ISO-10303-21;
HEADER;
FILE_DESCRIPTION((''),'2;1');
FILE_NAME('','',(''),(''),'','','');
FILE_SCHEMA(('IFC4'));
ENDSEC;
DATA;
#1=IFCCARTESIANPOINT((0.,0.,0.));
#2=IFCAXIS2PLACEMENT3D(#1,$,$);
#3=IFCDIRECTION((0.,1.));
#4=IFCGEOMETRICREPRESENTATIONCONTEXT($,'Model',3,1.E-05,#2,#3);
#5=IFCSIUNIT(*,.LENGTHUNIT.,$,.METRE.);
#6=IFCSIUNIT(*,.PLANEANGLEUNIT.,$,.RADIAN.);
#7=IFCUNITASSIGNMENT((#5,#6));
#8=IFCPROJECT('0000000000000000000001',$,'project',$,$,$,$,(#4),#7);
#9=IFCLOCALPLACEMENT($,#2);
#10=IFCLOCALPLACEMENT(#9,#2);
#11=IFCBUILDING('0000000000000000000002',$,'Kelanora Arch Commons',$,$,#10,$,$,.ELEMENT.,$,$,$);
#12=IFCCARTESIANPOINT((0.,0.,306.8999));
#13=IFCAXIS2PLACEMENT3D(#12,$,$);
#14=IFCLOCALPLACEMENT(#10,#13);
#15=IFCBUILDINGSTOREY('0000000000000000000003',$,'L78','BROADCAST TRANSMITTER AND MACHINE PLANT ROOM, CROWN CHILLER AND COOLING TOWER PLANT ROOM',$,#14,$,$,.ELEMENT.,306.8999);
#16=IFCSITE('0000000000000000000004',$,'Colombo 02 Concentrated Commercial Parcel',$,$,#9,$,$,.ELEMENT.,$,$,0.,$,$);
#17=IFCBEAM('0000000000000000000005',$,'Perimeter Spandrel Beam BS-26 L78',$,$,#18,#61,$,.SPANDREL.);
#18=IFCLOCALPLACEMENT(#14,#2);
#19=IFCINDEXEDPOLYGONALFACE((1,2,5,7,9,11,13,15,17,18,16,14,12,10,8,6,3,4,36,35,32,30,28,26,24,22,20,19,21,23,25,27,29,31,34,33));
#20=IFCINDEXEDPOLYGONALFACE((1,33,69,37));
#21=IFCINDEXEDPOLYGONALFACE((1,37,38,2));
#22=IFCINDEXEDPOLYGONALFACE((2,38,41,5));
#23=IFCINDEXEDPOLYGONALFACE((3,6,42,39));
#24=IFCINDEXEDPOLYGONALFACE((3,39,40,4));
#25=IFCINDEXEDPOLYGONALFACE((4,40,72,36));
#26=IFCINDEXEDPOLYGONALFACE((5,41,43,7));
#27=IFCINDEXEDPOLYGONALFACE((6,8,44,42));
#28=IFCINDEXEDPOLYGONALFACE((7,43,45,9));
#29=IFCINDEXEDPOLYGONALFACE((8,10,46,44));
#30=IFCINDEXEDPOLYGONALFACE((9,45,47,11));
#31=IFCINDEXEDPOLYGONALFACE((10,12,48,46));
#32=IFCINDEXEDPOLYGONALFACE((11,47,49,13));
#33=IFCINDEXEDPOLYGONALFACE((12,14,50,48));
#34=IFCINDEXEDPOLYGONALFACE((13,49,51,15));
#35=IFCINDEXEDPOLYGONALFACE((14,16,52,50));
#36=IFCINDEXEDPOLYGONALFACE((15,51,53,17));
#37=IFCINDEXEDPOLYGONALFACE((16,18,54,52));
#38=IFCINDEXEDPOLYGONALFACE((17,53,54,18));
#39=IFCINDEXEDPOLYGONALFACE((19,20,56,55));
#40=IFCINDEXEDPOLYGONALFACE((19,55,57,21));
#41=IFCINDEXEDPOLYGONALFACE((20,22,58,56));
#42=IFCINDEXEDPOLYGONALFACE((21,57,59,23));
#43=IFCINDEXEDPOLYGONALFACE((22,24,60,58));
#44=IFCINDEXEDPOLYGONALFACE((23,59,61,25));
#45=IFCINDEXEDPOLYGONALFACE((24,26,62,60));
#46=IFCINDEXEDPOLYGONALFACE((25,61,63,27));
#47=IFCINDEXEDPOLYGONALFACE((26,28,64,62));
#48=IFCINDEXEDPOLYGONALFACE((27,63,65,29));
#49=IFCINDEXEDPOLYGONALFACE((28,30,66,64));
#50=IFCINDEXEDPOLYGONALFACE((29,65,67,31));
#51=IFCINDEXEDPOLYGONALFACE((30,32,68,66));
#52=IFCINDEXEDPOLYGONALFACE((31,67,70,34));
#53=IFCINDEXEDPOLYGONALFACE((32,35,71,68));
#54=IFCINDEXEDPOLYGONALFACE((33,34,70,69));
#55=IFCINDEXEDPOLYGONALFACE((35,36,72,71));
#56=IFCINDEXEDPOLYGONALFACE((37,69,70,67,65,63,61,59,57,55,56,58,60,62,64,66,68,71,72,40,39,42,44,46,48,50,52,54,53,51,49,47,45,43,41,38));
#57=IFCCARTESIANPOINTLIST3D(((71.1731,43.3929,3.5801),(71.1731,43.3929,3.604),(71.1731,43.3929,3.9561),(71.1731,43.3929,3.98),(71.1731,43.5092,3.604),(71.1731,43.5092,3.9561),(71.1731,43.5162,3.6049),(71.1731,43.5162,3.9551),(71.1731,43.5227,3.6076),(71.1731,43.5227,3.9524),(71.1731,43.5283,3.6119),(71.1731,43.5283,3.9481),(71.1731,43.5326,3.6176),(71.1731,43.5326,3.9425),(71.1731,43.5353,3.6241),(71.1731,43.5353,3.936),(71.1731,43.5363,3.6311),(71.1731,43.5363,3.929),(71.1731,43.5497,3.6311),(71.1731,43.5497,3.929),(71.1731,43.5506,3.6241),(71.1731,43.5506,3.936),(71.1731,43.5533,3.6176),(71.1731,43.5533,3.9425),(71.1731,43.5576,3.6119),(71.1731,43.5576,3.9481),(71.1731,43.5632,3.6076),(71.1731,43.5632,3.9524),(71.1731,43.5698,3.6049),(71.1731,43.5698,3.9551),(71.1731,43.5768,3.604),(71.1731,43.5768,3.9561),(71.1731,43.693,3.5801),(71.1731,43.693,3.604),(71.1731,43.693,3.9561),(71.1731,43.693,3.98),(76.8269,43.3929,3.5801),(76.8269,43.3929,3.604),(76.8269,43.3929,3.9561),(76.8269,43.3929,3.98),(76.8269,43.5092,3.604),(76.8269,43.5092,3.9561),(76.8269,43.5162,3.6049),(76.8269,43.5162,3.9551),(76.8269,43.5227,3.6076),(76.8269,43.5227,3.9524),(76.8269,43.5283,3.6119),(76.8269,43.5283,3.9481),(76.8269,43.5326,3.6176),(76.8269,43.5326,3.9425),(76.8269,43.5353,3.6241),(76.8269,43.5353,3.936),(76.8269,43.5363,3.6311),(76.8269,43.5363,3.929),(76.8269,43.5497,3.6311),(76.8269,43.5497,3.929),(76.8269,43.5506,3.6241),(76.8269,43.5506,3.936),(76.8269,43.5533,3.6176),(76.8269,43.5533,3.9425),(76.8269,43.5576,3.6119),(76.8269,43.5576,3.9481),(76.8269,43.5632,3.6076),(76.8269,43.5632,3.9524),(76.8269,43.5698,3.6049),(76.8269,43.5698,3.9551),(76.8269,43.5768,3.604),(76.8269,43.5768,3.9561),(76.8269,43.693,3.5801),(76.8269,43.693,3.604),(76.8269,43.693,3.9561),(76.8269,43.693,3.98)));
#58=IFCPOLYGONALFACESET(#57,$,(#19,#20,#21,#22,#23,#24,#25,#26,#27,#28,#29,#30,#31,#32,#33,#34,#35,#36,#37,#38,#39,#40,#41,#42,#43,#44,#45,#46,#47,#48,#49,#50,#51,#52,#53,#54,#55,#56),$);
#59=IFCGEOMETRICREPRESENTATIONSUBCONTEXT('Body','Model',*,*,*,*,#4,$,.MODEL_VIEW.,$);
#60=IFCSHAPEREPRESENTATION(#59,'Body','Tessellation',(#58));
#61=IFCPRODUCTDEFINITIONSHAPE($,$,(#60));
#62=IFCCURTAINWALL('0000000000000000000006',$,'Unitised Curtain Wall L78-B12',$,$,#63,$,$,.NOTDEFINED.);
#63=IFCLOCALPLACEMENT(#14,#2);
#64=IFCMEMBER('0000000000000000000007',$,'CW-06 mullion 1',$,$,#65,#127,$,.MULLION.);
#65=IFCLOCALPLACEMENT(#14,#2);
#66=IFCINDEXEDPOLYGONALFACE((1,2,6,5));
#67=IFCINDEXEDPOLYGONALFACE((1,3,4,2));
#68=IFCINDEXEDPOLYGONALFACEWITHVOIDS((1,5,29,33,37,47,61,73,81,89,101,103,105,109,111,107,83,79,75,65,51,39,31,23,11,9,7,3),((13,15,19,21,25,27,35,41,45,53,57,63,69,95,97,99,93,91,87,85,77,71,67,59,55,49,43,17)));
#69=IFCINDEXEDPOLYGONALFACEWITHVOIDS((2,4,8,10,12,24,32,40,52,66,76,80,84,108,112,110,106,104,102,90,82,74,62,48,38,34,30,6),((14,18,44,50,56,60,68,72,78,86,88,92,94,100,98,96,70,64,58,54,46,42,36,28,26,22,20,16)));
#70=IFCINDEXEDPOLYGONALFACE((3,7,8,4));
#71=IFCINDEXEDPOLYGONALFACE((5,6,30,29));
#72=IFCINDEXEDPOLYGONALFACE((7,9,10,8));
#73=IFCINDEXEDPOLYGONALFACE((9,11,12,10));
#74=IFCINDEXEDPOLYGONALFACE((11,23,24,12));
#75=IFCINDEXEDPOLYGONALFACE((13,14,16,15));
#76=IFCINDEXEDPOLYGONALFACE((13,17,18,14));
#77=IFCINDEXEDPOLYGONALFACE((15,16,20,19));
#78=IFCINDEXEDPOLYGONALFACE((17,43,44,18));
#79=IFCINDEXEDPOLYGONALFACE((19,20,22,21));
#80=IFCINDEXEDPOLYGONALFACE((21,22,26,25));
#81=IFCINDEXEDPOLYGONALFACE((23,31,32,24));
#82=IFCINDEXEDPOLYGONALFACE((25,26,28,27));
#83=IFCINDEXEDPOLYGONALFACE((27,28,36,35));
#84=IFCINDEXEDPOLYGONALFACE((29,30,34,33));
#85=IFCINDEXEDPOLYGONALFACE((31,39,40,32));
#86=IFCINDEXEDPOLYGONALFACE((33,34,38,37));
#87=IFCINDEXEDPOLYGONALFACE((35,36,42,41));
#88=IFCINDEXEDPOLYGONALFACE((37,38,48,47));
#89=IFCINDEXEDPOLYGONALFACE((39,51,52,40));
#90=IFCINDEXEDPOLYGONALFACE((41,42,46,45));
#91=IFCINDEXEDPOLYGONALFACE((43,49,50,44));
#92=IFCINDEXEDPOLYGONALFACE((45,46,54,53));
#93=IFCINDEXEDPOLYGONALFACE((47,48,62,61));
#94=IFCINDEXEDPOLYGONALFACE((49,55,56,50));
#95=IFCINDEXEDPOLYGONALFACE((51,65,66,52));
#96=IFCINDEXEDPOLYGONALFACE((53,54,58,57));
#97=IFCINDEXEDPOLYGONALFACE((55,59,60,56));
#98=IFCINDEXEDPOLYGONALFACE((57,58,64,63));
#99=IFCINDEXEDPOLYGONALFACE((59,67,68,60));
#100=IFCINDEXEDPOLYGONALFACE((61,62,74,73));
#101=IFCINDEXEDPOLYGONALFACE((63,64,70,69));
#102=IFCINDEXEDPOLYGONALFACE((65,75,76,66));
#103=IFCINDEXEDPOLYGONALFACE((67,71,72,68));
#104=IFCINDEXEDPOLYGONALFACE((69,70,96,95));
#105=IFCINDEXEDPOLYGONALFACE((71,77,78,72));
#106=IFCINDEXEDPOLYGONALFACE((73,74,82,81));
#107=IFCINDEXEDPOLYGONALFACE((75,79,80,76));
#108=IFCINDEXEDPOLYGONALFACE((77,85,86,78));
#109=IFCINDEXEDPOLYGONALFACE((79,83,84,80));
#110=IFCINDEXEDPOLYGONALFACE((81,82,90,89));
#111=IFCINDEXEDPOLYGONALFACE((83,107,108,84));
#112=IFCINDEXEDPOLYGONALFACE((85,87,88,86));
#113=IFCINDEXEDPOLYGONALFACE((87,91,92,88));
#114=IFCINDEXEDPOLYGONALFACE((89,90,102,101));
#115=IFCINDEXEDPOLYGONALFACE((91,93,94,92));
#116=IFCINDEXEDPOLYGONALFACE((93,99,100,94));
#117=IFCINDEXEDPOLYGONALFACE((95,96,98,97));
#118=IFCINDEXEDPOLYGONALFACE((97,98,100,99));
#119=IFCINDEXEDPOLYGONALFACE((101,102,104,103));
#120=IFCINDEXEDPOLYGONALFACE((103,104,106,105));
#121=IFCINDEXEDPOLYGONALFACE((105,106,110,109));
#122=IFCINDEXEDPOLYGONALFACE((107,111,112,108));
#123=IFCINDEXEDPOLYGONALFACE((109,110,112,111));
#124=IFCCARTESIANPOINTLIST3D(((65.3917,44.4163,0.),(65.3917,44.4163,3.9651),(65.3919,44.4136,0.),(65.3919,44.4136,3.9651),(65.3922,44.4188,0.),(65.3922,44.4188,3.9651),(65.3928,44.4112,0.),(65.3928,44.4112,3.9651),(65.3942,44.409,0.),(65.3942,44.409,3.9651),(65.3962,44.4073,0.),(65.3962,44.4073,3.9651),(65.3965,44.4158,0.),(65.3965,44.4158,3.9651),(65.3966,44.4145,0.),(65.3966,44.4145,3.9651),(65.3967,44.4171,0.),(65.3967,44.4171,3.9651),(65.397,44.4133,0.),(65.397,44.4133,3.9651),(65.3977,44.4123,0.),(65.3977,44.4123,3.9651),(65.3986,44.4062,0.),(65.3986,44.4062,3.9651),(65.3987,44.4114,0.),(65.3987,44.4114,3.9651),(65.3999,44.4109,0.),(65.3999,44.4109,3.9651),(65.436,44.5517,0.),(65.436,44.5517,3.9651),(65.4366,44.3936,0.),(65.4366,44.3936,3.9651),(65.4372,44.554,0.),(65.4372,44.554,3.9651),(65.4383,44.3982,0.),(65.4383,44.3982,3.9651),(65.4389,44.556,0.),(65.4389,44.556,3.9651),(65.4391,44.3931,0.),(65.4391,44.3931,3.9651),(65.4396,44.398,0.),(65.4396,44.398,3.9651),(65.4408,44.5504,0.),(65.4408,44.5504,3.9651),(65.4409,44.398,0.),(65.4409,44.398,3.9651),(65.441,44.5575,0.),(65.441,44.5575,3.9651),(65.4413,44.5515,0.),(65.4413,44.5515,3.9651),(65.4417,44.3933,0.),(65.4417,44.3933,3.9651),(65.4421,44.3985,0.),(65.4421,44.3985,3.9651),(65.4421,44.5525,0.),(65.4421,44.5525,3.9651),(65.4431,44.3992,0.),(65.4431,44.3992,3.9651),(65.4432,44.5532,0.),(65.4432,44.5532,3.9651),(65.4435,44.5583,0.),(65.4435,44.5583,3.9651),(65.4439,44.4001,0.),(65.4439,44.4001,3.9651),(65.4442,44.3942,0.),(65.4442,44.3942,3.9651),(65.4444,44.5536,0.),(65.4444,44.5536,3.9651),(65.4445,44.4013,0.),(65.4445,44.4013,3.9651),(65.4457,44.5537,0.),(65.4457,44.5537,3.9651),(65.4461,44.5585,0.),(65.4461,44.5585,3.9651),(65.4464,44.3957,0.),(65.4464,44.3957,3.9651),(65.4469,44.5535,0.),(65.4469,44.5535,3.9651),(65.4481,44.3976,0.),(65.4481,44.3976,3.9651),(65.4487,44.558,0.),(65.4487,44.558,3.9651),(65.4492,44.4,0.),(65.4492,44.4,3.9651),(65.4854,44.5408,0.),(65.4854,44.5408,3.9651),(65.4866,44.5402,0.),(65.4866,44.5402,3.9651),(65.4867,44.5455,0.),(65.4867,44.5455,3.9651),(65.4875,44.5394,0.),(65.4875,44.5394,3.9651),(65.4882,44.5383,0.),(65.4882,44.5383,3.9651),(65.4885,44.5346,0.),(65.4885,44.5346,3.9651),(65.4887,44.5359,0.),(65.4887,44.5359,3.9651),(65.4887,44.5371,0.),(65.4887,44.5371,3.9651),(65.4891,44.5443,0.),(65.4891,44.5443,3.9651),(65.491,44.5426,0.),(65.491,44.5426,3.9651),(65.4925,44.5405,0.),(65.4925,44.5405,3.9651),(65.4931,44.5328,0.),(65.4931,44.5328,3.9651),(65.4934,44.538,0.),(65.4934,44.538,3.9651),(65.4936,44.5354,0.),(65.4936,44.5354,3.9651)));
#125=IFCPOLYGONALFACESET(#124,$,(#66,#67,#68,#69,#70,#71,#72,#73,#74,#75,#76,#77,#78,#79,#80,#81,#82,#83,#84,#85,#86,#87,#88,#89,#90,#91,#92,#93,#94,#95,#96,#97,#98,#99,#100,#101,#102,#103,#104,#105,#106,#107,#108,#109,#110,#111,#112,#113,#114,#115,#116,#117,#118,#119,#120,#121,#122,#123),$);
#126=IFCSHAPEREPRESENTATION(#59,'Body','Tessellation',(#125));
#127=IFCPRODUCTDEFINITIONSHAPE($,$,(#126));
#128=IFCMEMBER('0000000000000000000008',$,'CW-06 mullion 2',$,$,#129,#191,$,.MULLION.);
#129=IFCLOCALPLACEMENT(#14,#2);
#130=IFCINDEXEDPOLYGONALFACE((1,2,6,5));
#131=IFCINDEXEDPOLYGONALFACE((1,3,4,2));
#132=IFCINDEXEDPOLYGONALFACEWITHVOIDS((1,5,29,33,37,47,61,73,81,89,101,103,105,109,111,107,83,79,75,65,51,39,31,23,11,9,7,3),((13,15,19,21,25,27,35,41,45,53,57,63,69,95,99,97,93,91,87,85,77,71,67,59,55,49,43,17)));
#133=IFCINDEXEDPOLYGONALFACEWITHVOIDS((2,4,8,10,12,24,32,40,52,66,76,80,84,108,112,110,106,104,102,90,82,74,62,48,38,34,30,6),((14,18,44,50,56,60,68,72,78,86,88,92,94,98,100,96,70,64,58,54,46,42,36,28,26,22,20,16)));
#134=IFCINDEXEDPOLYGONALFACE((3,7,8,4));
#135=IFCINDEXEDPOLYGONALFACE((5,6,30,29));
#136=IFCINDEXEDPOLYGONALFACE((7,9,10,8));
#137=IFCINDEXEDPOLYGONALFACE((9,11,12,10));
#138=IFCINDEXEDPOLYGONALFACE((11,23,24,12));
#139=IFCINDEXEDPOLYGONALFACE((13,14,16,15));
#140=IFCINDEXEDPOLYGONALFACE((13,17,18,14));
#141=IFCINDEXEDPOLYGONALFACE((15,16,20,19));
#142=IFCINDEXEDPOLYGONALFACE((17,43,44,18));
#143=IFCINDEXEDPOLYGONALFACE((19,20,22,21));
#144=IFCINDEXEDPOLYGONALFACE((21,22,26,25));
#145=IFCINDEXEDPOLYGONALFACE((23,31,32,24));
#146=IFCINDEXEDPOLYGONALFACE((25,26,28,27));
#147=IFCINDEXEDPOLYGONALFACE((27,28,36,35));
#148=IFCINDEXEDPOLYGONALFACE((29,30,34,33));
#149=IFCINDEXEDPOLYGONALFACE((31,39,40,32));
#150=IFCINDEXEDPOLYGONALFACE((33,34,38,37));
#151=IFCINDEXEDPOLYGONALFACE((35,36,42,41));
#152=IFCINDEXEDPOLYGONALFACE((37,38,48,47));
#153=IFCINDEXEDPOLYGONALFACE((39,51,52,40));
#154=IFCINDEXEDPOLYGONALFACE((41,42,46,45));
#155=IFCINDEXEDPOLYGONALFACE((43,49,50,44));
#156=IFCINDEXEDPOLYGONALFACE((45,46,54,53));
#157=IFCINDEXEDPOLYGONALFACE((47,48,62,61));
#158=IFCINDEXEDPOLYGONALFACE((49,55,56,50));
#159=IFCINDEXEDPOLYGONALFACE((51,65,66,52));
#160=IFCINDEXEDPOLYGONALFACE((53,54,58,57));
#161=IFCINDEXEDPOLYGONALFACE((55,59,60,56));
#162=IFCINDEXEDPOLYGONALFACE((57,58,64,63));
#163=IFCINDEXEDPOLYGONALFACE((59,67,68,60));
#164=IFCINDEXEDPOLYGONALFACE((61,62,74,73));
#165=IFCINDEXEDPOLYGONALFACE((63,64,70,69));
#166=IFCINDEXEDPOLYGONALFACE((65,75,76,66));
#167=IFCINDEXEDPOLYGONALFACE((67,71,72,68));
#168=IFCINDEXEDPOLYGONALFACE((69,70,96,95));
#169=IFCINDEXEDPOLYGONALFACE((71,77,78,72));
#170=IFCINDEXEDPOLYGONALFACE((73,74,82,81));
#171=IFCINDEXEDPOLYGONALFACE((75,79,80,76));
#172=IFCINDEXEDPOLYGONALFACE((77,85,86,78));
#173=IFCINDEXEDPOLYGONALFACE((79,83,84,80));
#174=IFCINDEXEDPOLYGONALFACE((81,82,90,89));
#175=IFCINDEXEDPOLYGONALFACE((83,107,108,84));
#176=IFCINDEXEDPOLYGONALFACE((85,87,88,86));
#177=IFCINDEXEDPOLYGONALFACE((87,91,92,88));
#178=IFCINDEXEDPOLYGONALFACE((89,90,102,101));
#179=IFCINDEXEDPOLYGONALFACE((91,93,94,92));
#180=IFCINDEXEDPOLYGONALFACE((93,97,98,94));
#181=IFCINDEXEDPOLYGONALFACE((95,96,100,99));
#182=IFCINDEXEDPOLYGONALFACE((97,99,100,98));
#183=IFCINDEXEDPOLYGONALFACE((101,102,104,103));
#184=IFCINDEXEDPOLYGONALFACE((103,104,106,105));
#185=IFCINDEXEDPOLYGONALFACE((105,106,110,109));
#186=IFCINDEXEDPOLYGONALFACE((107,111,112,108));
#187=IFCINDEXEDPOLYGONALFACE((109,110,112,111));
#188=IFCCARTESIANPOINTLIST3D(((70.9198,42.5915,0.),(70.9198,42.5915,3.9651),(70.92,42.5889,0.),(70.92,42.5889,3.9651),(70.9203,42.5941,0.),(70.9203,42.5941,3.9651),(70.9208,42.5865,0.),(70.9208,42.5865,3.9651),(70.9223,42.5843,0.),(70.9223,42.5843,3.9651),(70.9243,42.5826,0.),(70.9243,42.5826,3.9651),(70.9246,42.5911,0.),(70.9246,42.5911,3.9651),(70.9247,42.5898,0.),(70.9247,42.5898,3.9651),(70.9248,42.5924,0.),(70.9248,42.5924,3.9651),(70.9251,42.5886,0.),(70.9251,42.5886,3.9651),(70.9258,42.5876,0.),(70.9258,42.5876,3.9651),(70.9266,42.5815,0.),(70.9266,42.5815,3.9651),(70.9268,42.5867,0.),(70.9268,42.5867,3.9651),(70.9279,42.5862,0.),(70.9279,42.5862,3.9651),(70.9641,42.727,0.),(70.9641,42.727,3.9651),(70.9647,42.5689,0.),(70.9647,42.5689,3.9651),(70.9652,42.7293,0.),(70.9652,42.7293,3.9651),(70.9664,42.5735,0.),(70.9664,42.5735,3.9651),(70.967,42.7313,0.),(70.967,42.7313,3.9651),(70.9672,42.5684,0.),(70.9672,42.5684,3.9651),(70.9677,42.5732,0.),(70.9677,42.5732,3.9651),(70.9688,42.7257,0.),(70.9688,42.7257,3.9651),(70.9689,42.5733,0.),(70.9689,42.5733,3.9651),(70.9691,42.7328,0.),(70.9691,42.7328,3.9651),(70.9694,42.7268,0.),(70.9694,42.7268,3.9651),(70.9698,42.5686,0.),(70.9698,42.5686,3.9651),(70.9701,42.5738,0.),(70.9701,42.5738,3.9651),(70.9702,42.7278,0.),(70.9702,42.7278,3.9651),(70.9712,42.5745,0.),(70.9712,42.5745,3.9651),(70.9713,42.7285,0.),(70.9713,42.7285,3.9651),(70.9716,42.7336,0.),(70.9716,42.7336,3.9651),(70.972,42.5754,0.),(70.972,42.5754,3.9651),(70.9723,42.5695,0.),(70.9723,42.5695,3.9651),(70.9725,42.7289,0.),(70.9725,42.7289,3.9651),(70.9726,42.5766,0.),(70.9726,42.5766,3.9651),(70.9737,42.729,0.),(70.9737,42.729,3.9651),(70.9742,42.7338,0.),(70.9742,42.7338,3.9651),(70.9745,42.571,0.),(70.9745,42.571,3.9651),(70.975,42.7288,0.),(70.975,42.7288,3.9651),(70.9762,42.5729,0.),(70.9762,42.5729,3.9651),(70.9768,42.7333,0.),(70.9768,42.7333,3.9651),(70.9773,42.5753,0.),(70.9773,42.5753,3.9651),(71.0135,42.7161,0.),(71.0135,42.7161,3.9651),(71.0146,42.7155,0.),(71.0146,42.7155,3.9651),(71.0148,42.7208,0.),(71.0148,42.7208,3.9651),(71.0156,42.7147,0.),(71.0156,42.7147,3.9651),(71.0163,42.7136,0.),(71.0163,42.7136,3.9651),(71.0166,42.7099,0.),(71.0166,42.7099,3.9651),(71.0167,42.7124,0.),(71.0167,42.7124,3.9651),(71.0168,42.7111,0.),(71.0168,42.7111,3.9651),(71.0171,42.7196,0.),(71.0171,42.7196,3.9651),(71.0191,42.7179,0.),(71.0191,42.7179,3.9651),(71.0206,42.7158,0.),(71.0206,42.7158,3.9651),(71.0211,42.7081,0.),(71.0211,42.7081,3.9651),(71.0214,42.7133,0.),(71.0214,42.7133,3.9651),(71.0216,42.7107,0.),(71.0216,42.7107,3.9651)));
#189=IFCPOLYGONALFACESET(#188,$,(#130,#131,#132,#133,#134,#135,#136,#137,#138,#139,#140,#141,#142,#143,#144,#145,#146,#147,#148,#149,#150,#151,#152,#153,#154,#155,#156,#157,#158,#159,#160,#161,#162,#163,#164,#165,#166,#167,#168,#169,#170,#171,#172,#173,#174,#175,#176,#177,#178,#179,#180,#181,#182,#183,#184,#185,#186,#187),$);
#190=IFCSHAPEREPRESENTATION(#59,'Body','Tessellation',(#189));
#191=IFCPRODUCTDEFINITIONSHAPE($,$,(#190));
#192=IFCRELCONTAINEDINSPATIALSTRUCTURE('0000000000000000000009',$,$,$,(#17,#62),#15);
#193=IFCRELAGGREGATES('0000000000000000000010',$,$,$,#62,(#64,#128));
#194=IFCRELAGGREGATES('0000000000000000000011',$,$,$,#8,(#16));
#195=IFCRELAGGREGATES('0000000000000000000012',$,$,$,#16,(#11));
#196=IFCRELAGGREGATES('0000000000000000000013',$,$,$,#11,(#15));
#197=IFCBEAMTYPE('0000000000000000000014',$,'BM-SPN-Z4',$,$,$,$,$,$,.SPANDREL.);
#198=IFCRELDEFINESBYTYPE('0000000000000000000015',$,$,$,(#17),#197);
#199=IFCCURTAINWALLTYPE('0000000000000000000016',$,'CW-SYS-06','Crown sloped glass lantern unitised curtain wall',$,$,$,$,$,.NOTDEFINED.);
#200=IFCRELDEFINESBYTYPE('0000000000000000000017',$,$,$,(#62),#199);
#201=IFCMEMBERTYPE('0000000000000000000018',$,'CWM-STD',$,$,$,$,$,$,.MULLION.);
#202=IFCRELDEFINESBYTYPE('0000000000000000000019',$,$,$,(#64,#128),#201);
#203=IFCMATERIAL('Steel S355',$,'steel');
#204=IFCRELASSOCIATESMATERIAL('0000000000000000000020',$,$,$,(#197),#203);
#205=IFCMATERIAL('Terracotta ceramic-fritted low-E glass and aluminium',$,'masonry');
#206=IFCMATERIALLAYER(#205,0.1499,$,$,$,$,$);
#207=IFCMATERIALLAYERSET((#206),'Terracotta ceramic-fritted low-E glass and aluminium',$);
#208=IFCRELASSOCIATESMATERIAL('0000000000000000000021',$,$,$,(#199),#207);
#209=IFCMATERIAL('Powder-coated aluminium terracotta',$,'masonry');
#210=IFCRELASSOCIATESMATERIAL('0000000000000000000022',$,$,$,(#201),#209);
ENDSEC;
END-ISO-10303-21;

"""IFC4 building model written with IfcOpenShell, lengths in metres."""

from ifc_helpers import new_model, si_unit, direction, frame, origin, origin_2d, place, context, subcontext, project, spatial, hollow_rectangle, i_section, extrude, material, layer, layer_set, material_profile, profile_set, type_object, element, aggregate, save


model = new_model("IFC4")

# Units and contexts
model_context = context("Model", 3, precision=1e-05, world=origin(), true_north=direction((0.0, 1.0)))
body_context = subcontext(model_context, "Body", "Model", "MODEL_VIEW")
ifc_project = project(units=[si_unit("LENGTHUNIT", "METRE"), si_unit("PLANEANGLEUNIT", "RADIAN")], contexts=[model_context])

# Site, building, storey
site_placement = place(None, origin())
site = spatial("IfcSite", under=ifc_project, at=site_placement, Name="Colombo 02 Concentrated Commercial Parcel", CompositionType="ELEMENT", RefElevation=0.0)
building_placement = place(site_placement, origin())
building = spatial("IfcBuilding", under=site, at=building_placement, Name="Kelanora Arch Commons", CompositionType="ELEMENT")
storey_placement = place(building_placement, frame((0.0, 0.0, 306.8999)))
storey = spatial("IfcBuildingStorey", under=building, at=storey_placement, Name="L78", Description="BROADCAST TRANSMITTER AND MACHINE PLANT ROOM, CROWN CHILLER AND COOLING TOWER PLANT ROOM", CompositionType="ELEMENT", Elevation=306.8999)

# Beam
ifc_material_1 = material(Name="Steel S355", Category="steel")
ifc_material_profile_1 = material_profile(ifc_material_1, i_section(OverallWidth=0.3, OverallDepth=0.3999, WebThickness=0.0134, FlangeThickness=0.0239, FilletRadius=0.0271, at=origin_2d()), Name="HEB400")
ifc_profile_set_1 = profile_set([ifc_material_profile_1], Name="Steel S355")
beam_type_1 = type_object("IfcBeamType", Name="BM-SPN-Z4", PredefinedType="SPANDREL", material=ifc_profile_set_1)
beam_1_placement = place(storey_placement, frame((71.1731, 43.543, 3.78), z_axis=(1.0, 0.0, 0.0), x_axis=(0.0, 1.0, 0.0)))
element("IfcBeam", 1, at=beam_1_placement, inside=storey, type_object=beam_type_1, Name="Perimeter Spandrel Beam BS-26 L78", PredefinedType="SPANDREL", context=body_context, shape_type="SweptSolid", body=[
    extrude(i_section(OverallWidth=0.3, OverallDepth=0.3999, WebThickness=0.0134, FlangeThickness=0.0239, FilletRadius=0.0271, at=origin_2d()), origin(), (0.0, 0.0, 1.0), 5.6538),
])

# Curtain wall, members
ifc_material_2 = material(Name="Terracotta ceramic-fritted low-E glass and aluminium", Category="masonry")
ifc_layer_1 = layer(ifc_material_2, 0.1499)
ifc_layer_set_1 = layer_set([ifc_layer_1], Name="Terracotta ceramic-fritted low-E glass and aluminium")
curtain_wall_type = type_object("IfcCurtainWallType", Name="CW-SYS-06", Description="Crown sloped glass lantern unitised curtain wall", PredefinedType="NOTDEFINED", material=ifc_layer_set_1)
curtain_wall_1_placement = place(storey_placement, origin())
curtain_wall_1 = element("IfcCurtainWall", 2, at=curtain_wall_1_placement, inside=storey, type_object=curtain_wall_type, Name="Unitised Curtain Wall L78-B12", PredefinedType="NOTDEFINED")
ifc_material_3 = material(Name="Powder-coated aluminium terracotta", Category="masonry")
ifc_material_profile_2 = material_profile(ifc_material_3, hollow_rectangle(XDim=0.1599, YDim=0.0601, WallThickness=0.0049, InnerFilletRadius=0.0049, OuterFilletRadius=0.01, at=origin_2d()), Name="CWM160x60")
ifc_profile_set_2 = profile_set([ifc_material_profile_2], Name="Powder-coated aluminium terracotta")
member_type_1 = type_object("IfcMemberType", Name="CWM-STD", PredefinedType="MULLION", material=ifc_profile_set_2)
member_1_placement = place(storey_placement, frame((65.4426, 44.4758, 0.0), z_axis=(0.0, 0.0, 1.0), x_axis=(0.313467, 0.949599, 0.0)))
member_1 = element("IfcMember", 3, at=member_1_placement, type_object=member_type_1, Name="CW-06 mullion 1", PredefinedType="MULLION", context=body_context, shape_type="SweptSolid", body=[
    extrude(hollow_rectangle(XDim=0.1599, YDim=0.0601, WallThickness=0.0049, InnerFilletRadius=0.0049, OuterFilletRadius=0.01, at=origin_2d()), origin(), (0.0, 0.0, 1.0), 3.9651),
])
member_2_placement = place(storey_placement, frame((70.9707, 42.6511, 0.0), z_axis=(0.0, 0.0, 1.0), x_axis=(0.313467, 0.949599, 0.0)))
member_2 = element("IfcMember", 4, at=member_2_placement, type_object=member_type_1, Name="CW-06 mullion 2", PredefinedType="MULLION", context=body_context, shape_type="SweptSolid", body=[
    extrude(hollow_rectangle(XDim=0.1599, YDim=0.0601, WallThickness=0.0049, InnerFilletRadius=0.0049, OuterFilletRadius=0.01, at=origin_2d()), origin(), (0.0, 0.0, 1.0), 3.9651),
])

aggregate(curtain_wall_1, [member_1, member_2])

save(model, "model.ifc")
